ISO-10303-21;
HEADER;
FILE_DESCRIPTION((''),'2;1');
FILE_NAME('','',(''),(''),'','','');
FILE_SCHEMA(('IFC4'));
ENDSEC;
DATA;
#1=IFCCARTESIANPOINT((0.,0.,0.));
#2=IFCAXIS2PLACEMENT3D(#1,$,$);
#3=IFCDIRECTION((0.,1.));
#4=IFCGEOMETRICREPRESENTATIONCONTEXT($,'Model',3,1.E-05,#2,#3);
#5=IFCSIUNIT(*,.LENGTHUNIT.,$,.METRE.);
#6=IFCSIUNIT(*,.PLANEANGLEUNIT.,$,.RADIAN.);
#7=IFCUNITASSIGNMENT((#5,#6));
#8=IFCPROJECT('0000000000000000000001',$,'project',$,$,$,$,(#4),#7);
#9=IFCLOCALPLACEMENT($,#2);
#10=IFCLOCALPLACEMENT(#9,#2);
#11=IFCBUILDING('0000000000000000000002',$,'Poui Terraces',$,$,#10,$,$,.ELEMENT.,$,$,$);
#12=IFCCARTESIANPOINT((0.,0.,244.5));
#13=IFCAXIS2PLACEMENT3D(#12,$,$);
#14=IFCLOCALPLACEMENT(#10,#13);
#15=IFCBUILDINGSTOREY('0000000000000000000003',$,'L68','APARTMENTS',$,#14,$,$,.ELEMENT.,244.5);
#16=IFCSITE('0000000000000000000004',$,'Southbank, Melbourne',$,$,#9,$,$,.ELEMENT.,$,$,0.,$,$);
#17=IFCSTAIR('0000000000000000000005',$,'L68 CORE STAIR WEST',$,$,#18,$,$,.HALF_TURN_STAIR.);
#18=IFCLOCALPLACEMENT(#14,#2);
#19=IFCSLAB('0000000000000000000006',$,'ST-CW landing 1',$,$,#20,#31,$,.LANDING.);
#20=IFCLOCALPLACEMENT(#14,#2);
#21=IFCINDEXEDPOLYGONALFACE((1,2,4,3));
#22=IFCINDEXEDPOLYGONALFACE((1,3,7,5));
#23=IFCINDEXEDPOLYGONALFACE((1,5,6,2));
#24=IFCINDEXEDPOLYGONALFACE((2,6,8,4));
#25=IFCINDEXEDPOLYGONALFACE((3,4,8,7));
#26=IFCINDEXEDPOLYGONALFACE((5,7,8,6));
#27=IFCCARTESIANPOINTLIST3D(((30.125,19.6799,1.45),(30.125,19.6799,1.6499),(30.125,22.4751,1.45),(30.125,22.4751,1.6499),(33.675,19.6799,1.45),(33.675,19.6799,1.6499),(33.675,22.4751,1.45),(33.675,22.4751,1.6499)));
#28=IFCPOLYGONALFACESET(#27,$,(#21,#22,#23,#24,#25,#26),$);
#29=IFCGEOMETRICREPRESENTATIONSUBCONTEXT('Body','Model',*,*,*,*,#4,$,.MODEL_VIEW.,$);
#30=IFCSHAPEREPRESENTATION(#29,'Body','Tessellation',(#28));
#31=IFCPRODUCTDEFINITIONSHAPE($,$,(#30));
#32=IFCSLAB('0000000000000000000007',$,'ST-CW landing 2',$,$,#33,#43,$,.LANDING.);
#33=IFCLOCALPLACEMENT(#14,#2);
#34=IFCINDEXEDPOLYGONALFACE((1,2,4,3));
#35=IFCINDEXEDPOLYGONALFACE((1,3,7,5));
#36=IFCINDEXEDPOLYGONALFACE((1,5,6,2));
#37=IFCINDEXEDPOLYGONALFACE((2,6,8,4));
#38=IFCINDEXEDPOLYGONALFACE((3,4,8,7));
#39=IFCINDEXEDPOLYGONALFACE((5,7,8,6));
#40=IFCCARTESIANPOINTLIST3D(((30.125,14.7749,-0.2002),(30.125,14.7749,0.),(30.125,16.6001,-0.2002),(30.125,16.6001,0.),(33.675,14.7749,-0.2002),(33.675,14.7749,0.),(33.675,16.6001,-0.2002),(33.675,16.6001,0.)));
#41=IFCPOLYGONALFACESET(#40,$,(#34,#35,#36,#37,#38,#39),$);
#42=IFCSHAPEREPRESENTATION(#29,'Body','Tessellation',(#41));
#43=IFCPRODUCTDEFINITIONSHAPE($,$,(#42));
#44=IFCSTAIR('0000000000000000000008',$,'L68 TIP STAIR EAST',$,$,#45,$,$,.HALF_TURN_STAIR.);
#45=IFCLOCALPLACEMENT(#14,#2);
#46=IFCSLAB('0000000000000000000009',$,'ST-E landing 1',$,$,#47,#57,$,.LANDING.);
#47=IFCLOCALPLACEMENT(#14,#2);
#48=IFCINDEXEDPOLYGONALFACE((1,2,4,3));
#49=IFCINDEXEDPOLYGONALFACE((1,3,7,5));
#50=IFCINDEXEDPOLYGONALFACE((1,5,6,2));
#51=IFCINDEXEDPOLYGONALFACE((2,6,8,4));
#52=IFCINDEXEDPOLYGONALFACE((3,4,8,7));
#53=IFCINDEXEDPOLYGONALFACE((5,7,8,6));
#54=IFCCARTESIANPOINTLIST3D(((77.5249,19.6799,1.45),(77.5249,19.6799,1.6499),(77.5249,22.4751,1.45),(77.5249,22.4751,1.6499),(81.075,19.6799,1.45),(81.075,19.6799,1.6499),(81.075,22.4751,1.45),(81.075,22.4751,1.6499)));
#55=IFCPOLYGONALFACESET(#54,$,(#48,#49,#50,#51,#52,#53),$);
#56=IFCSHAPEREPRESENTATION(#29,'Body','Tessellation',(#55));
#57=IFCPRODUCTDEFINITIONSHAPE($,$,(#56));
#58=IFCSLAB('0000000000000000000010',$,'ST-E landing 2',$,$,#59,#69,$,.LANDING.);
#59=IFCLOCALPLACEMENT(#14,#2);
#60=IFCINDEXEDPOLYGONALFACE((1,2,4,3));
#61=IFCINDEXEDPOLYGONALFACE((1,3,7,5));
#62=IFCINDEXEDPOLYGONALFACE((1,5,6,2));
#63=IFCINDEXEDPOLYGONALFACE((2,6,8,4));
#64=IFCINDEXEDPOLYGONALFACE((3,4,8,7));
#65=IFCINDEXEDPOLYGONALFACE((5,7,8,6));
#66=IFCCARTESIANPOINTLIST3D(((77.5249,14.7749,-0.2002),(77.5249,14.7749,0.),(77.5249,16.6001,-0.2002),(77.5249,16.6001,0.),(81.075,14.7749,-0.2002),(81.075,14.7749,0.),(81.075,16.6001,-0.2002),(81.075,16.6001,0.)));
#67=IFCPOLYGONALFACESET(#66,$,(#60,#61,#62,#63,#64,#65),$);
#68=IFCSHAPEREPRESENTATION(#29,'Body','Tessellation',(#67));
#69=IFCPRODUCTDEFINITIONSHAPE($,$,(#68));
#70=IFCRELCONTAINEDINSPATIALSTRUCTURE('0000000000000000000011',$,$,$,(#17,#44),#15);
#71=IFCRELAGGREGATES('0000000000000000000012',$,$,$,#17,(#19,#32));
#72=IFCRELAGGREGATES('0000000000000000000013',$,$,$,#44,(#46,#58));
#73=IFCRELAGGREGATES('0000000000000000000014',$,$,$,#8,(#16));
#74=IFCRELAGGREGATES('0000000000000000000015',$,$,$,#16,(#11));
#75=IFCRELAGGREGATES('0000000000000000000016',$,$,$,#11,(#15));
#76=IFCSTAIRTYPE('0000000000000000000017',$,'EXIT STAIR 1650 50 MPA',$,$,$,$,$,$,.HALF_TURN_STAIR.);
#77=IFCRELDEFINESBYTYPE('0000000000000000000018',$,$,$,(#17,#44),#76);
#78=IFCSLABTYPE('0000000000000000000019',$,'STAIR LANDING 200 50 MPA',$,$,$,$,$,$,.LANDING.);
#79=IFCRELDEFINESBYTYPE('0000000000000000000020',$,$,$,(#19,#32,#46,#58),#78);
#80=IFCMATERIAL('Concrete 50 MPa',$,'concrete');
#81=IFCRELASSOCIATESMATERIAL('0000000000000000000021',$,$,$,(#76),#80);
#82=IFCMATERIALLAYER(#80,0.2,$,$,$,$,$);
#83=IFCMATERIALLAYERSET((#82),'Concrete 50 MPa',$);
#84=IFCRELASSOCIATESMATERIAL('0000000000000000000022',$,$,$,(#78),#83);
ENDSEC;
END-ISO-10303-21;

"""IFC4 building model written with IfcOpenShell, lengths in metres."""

from ifc_helpers import new_model, si_unit, direction, frame, origin, place, context, subcontext, project, spatial, polyline, outline, extrude, material, layer, layer_set, type_object, element, aggregate, save


model = new_model("IFC4")

# Units and contexts
model_context = context("Model", 3, precision=1e-05, world=origin(), true_north=direction((0.0, 1.0)))
body_context = subcontext(model_context, "Body", "Model", "MODEL_VIEW")
ifc_project = project(units=[si_unit("LENGTHUNIT", "METRE"), si_unit("PLANEANGLEUNIT", "RADIAN")], contexts=[model_context])

# Site, building, storey
site_placement = place(None, origin())
site = spatial("IfcSite", under=ifc_project, at=site_placement, Name="Southbank, Melbourne", CompositionType="ELEMENT", RefElevation=0.0)
building_placement = place(site_placement, origin())
building = spatial("IfcBuilding", under=site, at=building_placement, Name="Poui Terraces", CompositionType="ELEMENT")
storey_placement = place(building_placement, frame((0.0, 0.0, 244.5)))
storey = spatial("IfcBuildingStorey", under=building, at=storey_placement, Name="L68", Description="APARTMENTS", CompositionType="ELEMENT", Elevation=244.5)

# Stairs, slabs
ifc_material = material(Name="Concrete 50 MPa", Category="concrete")
stair_type = type_object("IfcStairType", Name="EXIT STAIR 1650 50 MPA", PredefinedType="HALF_TURN_STAIR", material=ifc_material)
stair_1_placement = place(storey_placement, origin())
stair_1 = element("IfcStair", 1, at=stair_1_placement, inside=storey, type_object=stair_type, Name="L68 CORE STAIR WEST", PredefinedType="HALF_TURN_STAIR")
ifc_layer = layer(ifc_material, 0.2)
ifc_layer_set = layer_set([ifc_layer], Name="Concrete 50 MPa")
slab_type = type_object("IfcSlabType", Name="STAIR LANDING 200 50 MPA", PredefinedType="LANDING", material=ifc_layer_set)
slab_1_placement = place(storey_placement, frame((0.0, 0.0, 1.45)))
slab_1 = element("IfcSlab", 2, at=slab_1_placement, type_object=slab_type, Name="ST-CW landing 1", PredefinedType="LANDING", context=body_context, shape_type="SweptSolid", body=[
    extrude(outline(polyline([(30.125, 19.6799), (33.675, 19.6799), (33.675, 22.4751), (30.125, 22.4751), (30.125, 19.6799)])), origin(), (0.0, 0.0, 1.0), 0.2),
])
slab_2_placement = place(storey_placement, frame((0.0, 0.0, -0.2002)))
slab_2 = element("IfcSlab", 3, at=slab_2_placement, type_object=slab_type, Name="ST-CW landing 2", PredefinedType="LANDING", context=body_context, shape_type="SweptSolid", body=[
    extrude(outline(polyline([(30.125, 14.7749), (33.675, 14.7749), (33.675, 16.6001), (30.125, 16.6001), (30.125, 14.7749)])), origin(), (0.0, 0.0, 1.0), 0.2002),
])
aggregate(stair_1, [slab_1, slab_2])
stair_2_placement = place(storey_placement, origin())
stair_2 = element("IfcStair", 4, at=stair_2_placement, inside=storey, type_object=stair_type, Name="L68 TIP STAIR EAST", PredefinedType="HALF_TURN_STAIR")
slab_3_placement = place(storey_placement, frame((0.0, 0.0, 1.45)))
slab_3 = element("IfcSlab", 5, at=slab_3_placement, type_object=slab_type, Name="ST-E landing 1", PredefinedType="LANDING", context=body_context, shape_type="SweptSolid", body=[
    extrude(outline(polyline([(77.5249, 19.6799), (81.075, 19.6799), (81.075, 22.4751), (77.5249, 22.4751), (77.5249, 19.6799)])), origin(), (0.0, 0.0, 1.0), 0.2),
])
slab_4_placement = place(storey_placement, frame((0.0, 0.0, -0.2002)))
slab_4 = element("IfcSlab", 6, at=slab_4_placement, type_object=slab_type, Name="ST-E landing 2", PredefinedType="LANDING", context=body_context, shape_type="SweptSolid", body=[
    extrude(outline(polyline([(77.5249, 14.7749), (81.075, 14.7749), (81.075, 16.6001), (77.5249, 16.6001), (77.5249, 14.7749)])), origin(), (0.0, 0.0, 1.0), 0.2002),
])
aggregate(stair_2, [slab_3, slab_4])

save(model, "model.ifc")
